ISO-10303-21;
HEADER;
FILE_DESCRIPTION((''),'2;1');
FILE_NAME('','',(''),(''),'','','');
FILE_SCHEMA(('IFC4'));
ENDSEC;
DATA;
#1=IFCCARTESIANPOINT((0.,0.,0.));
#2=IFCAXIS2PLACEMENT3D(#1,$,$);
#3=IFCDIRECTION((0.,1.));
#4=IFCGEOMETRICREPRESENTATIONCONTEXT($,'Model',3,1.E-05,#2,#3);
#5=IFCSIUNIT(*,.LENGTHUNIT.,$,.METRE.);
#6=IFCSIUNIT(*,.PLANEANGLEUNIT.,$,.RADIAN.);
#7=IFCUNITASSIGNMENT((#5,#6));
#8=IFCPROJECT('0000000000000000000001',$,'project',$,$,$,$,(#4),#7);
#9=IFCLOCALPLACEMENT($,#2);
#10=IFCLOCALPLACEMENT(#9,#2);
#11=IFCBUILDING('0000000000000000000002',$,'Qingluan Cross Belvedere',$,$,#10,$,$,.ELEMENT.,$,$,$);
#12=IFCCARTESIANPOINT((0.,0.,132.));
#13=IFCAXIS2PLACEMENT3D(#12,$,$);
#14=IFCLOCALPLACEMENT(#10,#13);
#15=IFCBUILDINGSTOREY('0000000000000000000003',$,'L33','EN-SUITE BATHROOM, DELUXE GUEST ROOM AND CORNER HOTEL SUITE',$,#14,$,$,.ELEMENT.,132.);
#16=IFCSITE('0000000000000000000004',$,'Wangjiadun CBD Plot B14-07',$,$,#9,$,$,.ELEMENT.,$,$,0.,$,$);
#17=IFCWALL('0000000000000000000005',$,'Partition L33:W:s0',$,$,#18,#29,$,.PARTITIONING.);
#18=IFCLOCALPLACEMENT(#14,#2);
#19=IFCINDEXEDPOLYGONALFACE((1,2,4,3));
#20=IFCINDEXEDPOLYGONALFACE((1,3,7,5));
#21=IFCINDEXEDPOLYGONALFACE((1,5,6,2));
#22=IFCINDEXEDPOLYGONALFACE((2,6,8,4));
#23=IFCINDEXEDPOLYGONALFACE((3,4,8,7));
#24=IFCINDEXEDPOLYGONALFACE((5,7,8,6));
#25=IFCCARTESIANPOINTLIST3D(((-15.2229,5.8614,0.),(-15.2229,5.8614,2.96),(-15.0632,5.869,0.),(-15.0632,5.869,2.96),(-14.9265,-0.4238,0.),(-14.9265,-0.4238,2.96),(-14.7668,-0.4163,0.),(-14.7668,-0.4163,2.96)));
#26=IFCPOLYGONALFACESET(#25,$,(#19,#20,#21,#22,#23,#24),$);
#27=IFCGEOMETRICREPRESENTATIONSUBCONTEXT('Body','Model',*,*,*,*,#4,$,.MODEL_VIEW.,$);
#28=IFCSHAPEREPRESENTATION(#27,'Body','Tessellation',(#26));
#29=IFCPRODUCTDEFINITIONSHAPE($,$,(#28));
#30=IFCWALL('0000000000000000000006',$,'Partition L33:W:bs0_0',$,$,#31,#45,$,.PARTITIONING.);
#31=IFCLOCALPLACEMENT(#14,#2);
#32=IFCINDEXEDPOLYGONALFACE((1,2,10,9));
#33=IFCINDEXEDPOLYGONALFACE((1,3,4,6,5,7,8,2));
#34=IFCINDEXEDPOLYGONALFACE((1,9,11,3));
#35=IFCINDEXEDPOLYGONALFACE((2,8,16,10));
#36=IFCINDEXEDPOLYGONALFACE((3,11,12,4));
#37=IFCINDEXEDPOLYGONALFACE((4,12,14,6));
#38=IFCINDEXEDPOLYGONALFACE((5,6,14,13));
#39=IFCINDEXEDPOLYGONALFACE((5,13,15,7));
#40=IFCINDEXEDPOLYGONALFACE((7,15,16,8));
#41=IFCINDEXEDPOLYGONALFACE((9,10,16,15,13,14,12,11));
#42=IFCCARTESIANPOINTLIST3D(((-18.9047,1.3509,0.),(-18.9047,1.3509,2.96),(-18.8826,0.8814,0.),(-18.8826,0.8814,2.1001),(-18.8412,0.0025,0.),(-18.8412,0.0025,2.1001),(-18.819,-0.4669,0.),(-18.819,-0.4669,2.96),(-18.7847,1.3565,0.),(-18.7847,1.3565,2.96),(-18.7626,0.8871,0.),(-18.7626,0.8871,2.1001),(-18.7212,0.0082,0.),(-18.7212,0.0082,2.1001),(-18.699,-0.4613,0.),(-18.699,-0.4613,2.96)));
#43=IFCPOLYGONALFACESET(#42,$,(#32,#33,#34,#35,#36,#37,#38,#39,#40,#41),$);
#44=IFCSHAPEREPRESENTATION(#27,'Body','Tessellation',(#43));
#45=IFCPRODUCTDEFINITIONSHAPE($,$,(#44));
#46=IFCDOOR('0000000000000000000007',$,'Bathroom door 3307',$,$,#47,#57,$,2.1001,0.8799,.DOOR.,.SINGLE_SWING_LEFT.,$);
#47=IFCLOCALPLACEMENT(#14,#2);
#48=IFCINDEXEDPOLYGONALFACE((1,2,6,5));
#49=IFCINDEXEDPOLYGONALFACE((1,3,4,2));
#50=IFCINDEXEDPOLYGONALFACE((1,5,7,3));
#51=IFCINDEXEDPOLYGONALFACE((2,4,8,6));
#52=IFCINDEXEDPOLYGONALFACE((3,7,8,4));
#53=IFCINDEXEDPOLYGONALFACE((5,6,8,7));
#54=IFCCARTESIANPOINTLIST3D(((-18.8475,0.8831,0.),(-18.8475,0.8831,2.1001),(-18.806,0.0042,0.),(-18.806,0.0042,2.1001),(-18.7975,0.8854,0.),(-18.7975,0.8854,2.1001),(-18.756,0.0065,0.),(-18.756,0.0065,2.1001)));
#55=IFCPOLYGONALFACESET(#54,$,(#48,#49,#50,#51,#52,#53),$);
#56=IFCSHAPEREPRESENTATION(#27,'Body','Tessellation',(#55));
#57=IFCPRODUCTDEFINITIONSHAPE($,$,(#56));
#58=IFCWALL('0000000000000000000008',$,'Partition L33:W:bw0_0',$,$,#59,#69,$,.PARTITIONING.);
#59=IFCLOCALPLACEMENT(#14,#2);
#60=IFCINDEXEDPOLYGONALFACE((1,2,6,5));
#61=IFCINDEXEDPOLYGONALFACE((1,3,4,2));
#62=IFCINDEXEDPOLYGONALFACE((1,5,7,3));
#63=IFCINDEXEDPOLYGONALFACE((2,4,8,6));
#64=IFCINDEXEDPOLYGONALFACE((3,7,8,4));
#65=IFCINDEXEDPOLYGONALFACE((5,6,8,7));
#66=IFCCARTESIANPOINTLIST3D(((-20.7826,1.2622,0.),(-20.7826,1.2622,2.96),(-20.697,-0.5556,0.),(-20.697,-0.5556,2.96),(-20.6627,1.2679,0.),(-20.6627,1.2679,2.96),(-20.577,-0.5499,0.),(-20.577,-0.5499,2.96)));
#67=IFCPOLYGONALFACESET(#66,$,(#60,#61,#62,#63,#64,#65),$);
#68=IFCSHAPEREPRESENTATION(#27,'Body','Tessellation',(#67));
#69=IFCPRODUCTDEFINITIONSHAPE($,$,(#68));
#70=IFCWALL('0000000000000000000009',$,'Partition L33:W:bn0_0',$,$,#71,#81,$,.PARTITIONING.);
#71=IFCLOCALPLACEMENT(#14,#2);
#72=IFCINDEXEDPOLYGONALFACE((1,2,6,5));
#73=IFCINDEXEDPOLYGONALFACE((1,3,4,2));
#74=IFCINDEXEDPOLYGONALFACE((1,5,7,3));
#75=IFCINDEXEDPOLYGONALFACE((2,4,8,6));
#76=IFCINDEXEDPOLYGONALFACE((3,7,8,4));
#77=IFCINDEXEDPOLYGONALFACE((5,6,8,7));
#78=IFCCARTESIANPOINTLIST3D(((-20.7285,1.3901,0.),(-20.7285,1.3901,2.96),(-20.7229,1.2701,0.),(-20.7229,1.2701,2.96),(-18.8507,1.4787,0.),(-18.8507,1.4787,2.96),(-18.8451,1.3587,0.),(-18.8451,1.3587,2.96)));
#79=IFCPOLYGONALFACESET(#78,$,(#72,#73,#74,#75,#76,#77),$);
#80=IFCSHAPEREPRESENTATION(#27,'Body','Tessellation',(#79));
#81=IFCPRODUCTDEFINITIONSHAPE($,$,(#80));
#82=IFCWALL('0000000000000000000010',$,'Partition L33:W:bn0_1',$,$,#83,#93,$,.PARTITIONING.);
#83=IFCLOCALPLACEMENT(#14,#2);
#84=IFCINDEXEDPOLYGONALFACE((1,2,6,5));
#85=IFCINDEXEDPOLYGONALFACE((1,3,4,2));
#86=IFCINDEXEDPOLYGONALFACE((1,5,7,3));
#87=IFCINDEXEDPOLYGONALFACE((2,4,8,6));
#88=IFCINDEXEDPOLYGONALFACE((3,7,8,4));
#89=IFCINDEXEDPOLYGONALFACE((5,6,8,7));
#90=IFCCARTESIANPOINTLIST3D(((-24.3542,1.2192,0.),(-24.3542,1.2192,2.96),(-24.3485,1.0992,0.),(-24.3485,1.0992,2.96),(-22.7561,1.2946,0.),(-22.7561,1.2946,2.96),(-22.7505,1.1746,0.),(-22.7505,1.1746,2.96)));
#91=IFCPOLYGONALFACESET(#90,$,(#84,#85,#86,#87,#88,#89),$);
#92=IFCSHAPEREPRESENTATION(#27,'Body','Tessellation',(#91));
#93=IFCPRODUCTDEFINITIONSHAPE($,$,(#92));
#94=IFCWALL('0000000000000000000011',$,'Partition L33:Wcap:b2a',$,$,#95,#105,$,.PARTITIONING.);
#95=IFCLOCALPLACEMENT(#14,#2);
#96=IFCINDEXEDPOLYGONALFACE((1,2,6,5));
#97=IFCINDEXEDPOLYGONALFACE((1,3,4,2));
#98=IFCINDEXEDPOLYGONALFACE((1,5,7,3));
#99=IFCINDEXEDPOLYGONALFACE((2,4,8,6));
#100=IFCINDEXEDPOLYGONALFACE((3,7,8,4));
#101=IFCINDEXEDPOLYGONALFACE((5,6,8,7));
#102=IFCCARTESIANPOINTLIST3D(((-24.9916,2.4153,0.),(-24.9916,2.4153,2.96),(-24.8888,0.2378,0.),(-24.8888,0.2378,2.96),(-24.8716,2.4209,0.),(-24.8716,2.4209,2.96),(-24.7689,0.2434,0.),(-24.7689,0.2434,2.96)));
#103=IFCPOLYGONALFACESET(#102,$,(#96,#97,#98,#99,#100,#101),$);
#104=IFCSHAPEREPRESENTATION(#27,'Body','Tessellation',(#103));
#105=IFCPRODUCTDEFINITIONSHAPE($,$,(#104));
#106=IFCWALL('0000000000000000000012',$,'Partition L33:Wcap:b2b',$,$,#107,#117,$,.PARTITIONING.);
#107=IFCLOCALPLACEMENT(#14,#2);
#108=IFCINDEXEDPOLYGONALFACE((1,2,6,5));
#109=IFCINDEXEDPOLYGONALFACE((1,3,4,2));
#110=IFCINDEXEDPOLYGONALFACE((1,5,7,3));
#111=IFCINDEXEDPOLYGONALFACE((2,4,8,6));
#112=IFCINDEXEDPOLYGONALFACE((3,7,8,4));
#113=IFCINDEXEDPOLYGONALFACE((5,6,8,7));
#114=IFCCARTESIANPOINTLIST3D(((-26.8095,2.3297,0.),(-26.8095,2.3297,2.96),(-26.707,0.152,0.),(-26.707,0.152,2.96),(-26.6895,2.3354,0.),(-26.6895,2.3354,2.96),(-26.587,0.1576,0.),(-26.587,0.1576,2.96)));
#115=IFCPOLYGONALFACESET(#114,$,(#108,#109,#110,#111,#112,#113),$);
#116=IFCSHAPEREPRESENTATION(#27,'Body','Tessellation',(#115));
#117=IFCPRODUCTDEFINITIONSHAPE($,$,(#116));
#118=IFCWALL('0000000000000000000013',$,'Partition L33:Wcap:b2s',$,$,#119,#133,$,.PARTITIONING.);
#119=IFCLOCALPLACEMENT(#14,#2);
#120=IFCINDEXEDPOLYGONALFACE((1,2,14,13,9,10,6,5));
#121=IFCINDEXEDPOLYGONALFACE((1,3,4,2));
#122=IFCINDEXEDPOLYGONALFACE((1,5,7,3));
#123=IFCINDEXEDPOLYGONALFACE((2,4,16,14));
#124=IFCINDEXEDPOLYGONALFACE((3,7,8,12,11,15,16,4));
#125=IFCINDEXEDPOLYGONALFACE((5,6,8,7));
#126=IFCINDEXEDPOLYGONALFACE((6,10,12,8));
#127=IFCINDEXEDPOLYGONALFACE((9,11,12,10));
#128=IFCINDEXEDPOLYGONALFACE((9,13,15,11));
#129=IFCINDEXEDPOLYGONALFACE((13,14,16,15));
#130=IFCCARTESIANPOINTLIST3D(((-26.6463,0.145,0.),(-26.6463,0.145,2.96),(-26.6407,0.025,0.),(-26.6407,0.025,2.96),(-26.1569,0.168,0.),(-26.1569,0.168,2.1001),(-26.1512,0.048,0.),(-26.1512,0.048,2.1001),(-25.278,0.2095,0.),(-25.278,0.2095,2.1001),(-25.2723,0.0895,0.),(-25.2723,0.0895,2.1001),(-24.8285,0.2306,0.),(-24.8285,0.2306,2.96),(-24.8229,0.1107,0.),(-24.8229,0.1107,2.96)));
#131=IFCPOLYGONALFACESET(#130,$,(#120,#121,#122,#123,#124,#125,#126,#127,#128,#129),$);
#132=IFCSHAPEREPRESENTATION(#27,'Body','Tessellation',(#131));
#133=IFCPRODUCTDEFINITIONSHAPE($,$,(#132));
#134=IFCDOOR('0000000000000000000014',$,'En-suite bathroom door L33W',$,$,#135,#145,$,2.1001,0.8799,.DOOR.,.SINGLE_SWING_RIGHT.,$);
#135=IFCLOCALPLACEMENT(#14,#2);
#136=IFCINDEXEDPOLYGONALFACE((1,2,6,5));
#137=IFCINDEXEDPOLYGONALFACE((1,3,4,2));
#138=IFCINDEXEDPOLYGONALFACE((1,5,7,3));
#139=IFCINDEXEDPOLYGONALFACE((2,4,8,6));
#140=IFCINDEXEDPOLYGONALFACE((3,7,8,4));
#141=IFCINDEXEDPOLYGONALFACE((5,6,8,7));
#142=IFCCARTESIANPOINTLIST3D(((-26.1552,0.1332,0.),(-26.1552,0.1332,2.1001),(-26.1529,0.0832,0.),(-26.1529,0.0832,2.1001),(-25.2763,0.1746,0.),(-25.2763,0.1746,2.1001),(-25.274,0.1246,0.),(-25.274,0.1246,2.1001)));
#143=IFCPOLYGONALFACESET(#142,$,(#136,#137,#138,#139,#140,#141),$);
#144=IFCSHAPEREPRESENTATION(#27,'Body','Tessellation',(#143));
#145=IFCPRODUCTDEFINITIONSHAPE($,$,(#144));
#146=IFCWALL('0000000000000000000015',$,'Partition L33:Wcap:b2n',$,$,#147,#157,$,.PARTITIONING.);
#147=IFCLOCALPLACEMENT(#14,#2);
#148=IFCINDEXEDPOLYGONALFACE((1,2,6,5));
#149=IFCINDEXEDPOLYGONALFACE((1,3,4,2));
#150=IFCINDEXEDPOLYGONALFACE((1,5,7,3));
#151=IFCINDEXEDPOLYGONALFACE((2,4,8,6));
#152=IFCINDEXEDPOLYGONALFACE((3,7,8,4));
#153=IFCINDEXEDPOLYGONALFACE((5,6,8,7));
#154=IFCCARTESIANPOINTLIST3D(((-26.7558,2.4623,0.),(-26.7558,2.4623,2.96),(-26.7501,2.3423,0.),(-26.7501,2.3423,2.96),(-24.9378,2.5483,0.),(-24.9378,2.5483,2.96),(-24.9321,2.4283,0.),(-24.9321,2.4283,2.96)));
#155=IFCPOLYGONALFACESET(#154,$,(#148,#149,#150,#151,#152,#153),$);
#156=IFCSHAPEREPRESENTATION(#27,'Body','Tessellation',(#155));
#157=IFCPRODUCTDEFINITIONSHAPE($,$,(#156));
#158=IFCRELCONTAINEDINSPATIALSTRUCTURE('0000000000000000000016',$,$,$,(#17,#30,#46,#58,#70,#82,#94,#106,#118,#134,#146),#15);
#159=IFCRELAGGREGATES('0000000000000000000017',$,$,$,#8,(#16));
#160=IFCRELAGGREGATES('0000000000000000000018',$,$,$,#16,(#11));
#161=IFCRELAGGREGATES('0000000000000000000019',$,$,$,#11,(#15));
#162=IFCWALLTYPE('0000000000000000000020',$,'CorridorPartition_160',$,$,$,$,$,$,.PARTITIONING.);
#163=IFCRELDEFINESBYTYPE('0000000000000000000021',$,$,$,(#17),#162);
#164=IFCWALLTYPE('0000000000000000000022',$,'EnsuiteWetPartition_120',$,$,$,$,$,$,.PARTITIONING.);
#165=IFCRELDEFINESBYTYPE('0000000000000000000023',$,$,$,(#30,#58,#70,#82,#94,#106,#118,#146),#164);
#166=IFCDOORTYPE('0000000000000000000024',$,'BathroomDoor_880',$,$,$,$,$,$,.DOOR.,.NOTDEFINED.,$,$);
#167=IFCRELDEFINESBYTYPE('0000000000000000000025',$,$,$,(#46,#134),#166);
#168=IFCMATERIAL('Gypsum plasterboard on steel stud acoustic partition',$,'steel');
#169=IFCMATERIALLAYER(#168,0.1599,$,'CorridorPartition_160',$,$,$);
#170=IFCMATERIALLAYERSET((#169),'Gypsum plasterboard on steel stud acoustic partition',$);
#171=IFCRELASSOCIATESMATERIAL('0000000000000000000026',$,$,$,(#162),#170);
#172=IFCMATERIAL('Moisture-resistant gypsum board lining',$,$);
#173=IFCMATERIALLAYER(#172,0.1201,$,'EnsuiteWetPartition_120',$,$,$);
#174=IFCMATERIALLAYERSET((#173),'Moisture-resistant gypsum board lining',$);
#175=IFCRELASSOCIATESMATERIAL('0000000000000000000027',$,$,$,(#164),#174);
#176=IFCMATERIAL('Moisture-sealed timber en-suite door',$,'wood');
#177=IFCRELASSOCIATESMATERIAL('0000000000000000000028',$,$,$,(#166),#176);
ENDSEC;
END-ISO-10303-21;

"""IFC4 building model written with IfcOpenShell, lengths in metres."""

from ifc_helpers import new_model, si_unit, direction, frame, frame_2d, origin, place, context, subcontext, project, spatial, rectangle, extrude, material, layer, layer_set, type_object, element, fill, save


model = new_model("IFC4")

# Units and contexts
model_context = context("Model", 3, precision=1e-05, world=origin(), true_north=direction((0.0, 1.0)))
body_context = subcontext(model_context, "Body", "Model", "MODEL_VIEW")
ifc_project = project(units=[si_unit("LENGTHUNIT", "METRE"), si_unit("PLANEANGLEUNIT", "RADIAN")], contexts=[model_context])

# Site, building, storey
site_placement = place(None, origin())
site = spatial("IfcSite", under=ifc_project, at=site_placement, Name="Wangjiadun CBD Plot B14-07", CompositionType="ELEMENT", RefElevation=0.0)
building_placement = place(site_placement, origin())
building = spatial("IfcBuilding", under=site, at=building_placement, Name="Qingluan Cross Belvedere", CompositionType="ELEMENT")
storey_placement = place(building_placement, frame((0.0, 0.0, 132.0)))
storey = spatial("IfcBuildingStorey", under=building, at=storey_placement, Name="L33", Description="EN-SUITE BATHROOM, DELUXE GUEST ROOM AND CORNER HOTEL SUITE", CompositionType="ELEMENT", Elevation=132.0)

# Shared definitions
ifc_material_1 = material(Name="Gypsum plasterboard on steel stud acoustic partition", Category="steel")
ifc_layer_1 = layer(ifc_material_1, 0.1599, Name="CorridorPartition_160")
ifc_layer_set_1 = layer_set([ifc_layer_1], Name="Gypsum plasterboard on steel stud acoustic partition")
wall_type_1 = type_object("IfcWallType", Name="CorridorPartition_160", PredefinedType="PARTITIONING", material=ifc_layer_set_1)

# Wall
wall_1_placement = place(storey_placement, frame((-14.8467, -0.4199, 0.0), z_axis=(0.0, 0.0, 1.0), x_axis=(-0.047104, 0.99889, 0.0)))
element("IfcWall", 1, at=wall_1_placement, inside=storey, type_object=wall_type_1, Name="Partition L33:W:s0", PredefinedType="PARTITIONING", context=body_context, shape_type="SweptSolid", body=[
    extrude(rectangle(XDim=6.2922, YDim=0.1599, at=frame_2d((3.146, 0.0))), origin(), (0.0, 0.0, 1.0), 2.96),
])

# Wall, opening, door
ifc_material_2 = material(Name="Moisture-resistant gypsum board lining")
ifc_layer_2 = layer(ifc_material_2, 0.1201, Name="EnsuiteWetPartition_120")
ifc_layer_set_2 = layer_set([ifc_layer_2], Name="Moisture-resistant gypsum board lining")
wall_type_2 = type_object("IfcWallType", Name="EnsuiteWetPartition_120", PredefinedType="PARTITIONING", material=ifc_layer_set_2)
wall_2_placement = place(storey_placement, frame((-18.759, -0.4641, 0.0), z_axis=(0.0, 0.0, 1.0), x_axis=(-0.047087, 0.998891, 0.0)))
wall_2 = element("IfcWall", 2, at=wall_2_placement, inside=storey, type_object=wall_type_2, Name="Partition L33:W:bs0_0", PredefinedType="PARTITIONING", context=body_context, shape_type="SweptSolid", body=[
    extrude(rectangle(XDim=1.8198, YDim=0.1201, at=frame_2d((0.9099, 0.0))), origin(), (0.0, 0.0, 1.0), 2.96),
])
opening_1_placement = place(wall_2_placement, frame((0.47, 0.0, 0.0)))
opening_1 = element("IfcOpeningElement", 3, at=opening_1_placement, cuts=wall_2, PredefinedType="OPENING", context=body_context, shape_type="SweptSolid", body=[
    extrude(rectangle(XDim=0.8799, YDim=2.1001, at=frame_2d((0.4399, 1.05))), frame((0.0, 0.0701, 0.0), z_axis=(0.0, -1.0, 0.0), x_axis=(1.0, 0.0, 0.0)), (0.0, 0.0, 1.0), 0.1401),
])
ifc_material_3 = material(Name="Moisture-sealed timber en-suite door", Category="wood")
door_type_1 = type_object("IfcDoorType", Name="BathroomDoor_880", OperationType="NOTDEFINED", PredefinedType="DOOR", material=ifc_material_3)
door_1_placement = place(opening_1_placement, origin())
door_1 = element("IfcDoor", 4, at=door_1_placement, inside=storey, type_object=door_type_1, Name="Bathroom door 3307", OperationType="SINGLE_SWING_LEFT", OverallHeight=2.1001, OverallWidth=0.8799, PredefinedType="DOOR", context=body_context, shape_type="SweptSolid", body=[
    extrude(rectangle(XDim=0.8799, YDim=2.1001, at=frame_2d((0.4399, 1.05))), frame((0.0, 0.0249, 0.0), z_axis=(0.0, -1.0, 0.0), x_axis=(1.0, 0.0, 0.0)), (0.0, 0.0, 1.0), 0.05),
])
fill(opening_1, door_1)

# Walls
wall_3_placement = place(storey_placement, frame((-20.637, -0.5527, 0.0), z_axis=(0.0, 0.0, 1.0), x_axis=(-0.047087, 0.998891, 0.0)))
element("IfcWall", 5, at=wall_3_placement, inside=storey, type_object=wall_type_2, Name="Partition L33:W:bw0_0", PredefinedType="PARTITIONING", context=body_context, shape_type="SweptSolid", body=[
    extrude(rectangle(XDim=1.8198, YDim=0.1201, at=frame_2d((0.9099, 0.0))), origin(), (0.0, 0.0, 1.0), 2.96),
])
wall_4_placement = place(storey_placement, frame((-18.8479, 1.4187, 0.0), z_axis=(0.0, 0.0, 1.0), x_axis=(-0.998888, -0.047146, 0.0)))
element("IfcWall", 6, at=wall_4_placement, inside=storey, type_object=wall_type_2, Name="Partition L33:W:bn0_0", PredefinedType="PARTITIONING", context=body_context, shape_type="SweptSolid", body=[
    extrude(rectangle(XDim=1.8799, YDim=0.1201, at=frame_2d((0.9399, 0.0))), origin(), (0.0, 0.0, 1.0), 2.96),
])
wall_5_placement = place(storey_placement, frame((-22.7534, 1.2346, 0.0), z_axis=(0.0, 0.0, 1.0), x_axis=(-0.998888, -0.047152, 0.0)))
element("IfcWall", 7, at=wall_5_placement, inside=storey, type_object=wall_type_2, Name="Partition L33:W:bn0_1", PredefinedType="PARTITIONING", context=body_context, shape_type="SweptSolid", body=[
    extrude(rectangle(XDim=1.5999, YDim=0.1201, at=frame_2d((0.7998, 0.0))), origin(), (0.0, 0.0, 1.0), 2.96),
])
wall_6_placement = place(storey_placement, frame((-24.8289, 0.2407, 0.0), z_axis=(0.0, 0.0, 1.0), x_axis=(-0.04715, 0.998888, 0.0)))
element("IfcWall", 8, at=wall_6_placement, inside=storey, type_object=wall_type_2, Name="Partition L33:Wcap:b2a", PredefinedType="PARTITIONING", context=body_context, shape_type="SweptSolid", body=[
    extrude(rectangle(XDim=2.1799, YDim=0.1201, at=frame_2d((1.0898, 0.0))), origin(), (0.0, 0.0, 1.0), 2.96),
])
wall_7_placement = place(storey_placement, frame((-26.647, 0.1548, 0.0), z_axis=(0.0, 0.0, 1.0), x_axis=(-0.047033, 0.998893, 0.0)))
element("IfcWall", 9, at=wall_7_placement, inside=storey, type_object=wall_type_2, Name="Partition L33:Wcap:b2b", PredefinedType="PARTITIONING", context=body_context, shape_type="SweptSolid", body=[
    extrude(rectangle(XDim=2.1802, YDim=0.1201, at=frame_2d((1.0901, 0.0))), origin(), (0.0, 0.0, 1.0), 2.96),
])

# Wall, opening, door
wall_8_placement = place(storey_placement, frame((-24.8257, 0.1707, 0.0), z_axis=(0.0, 0.0, 1.0), x_axis=(-0.998891, -0.047087, 0.0)))
wall_8 = element("IfcWall", 10, at=wall_8_placement, inside=storey, type_object=wall_type_2, Name="Partition L33:Wcap:b2s", PredefinedType="PARTITIONING", context=body_context, shape_type="SweptSolid", body=[
    extrude(rectangle(XDim=1.8198, YDim=0.1201, at=frame_2d((0.9099, 0.0))), origin(), (0.0, 0.0, 1.0), 2.96),
])
opening_2_placement = place(wall_8_placement, frame((0.45, 0.0, 0.0)))
opening_2 = element("IfcOpeningElement", 11, at=opening_2_placement, cuts=wall_8, PredefinedType="OPENING", context=body_context, shape_type="SweptSolid", body=[
    extrude(rectangle(XDim=0.8799, YDim=2.1001, at=frame_2d((0.4399, 1.05))), frame((0.0, 0.0701, 0.0), z_axis=(0.0, -1.0, 0.0), x_axis=(1.0, 0.0, 0.0)), (0.0, 0.0, 1.0), 0.1401),
])
door_2_placement = place(opening_2_placement, origin())
door_2 = element("IfcDoor", 12, at=door_2_placement, inside=storey, type_object=door_type_1, Name="En-suite bathroom door L33W", OperationType="SINGLE_SWING_RIGHT", OverallHeight=2.1001, OverallWidth=0.8799, PredefinedType="DOOR", context=body_context, shape_type="SweptSolid", body=[
    extrude(rectangle(XDim=0.8799, YDim=2.1001, at=frame_2d((0.4399, 1.05))), frame((0.0, 0.0249, 0.0), z_axis=(0.0, -1.0, 0.0), x_axis=(1.0, 0.0, 0.0)), (0.0, 0.0, 1.0), 0.05),
])
fill(opening_2, door_2)

# Wall
wall_9_placement = place(storey_placement, frame((-24.9348, 2.4883, 0.0), z_axis=(0.0, 0.0, 1.0), x_axis=(-0.998885, -0.047215, 0.0)))
element("IfcWall", 13, at=wall_9_placement, inside=storey, type_object=wall_type_2, Name="Partition L33:Wcap:b2n", PredefinedType="PARTITIONING", context=body_context, shape_type="SweptSolid", body=[
    extrude(rectangle(XDim=1.8201, YDim=0.1201, at=frame_2d((0.9102, 0.0))), origin(), (0.0, 0.0, 1.0), 2.96),
])

save(model, "model.ifc")
